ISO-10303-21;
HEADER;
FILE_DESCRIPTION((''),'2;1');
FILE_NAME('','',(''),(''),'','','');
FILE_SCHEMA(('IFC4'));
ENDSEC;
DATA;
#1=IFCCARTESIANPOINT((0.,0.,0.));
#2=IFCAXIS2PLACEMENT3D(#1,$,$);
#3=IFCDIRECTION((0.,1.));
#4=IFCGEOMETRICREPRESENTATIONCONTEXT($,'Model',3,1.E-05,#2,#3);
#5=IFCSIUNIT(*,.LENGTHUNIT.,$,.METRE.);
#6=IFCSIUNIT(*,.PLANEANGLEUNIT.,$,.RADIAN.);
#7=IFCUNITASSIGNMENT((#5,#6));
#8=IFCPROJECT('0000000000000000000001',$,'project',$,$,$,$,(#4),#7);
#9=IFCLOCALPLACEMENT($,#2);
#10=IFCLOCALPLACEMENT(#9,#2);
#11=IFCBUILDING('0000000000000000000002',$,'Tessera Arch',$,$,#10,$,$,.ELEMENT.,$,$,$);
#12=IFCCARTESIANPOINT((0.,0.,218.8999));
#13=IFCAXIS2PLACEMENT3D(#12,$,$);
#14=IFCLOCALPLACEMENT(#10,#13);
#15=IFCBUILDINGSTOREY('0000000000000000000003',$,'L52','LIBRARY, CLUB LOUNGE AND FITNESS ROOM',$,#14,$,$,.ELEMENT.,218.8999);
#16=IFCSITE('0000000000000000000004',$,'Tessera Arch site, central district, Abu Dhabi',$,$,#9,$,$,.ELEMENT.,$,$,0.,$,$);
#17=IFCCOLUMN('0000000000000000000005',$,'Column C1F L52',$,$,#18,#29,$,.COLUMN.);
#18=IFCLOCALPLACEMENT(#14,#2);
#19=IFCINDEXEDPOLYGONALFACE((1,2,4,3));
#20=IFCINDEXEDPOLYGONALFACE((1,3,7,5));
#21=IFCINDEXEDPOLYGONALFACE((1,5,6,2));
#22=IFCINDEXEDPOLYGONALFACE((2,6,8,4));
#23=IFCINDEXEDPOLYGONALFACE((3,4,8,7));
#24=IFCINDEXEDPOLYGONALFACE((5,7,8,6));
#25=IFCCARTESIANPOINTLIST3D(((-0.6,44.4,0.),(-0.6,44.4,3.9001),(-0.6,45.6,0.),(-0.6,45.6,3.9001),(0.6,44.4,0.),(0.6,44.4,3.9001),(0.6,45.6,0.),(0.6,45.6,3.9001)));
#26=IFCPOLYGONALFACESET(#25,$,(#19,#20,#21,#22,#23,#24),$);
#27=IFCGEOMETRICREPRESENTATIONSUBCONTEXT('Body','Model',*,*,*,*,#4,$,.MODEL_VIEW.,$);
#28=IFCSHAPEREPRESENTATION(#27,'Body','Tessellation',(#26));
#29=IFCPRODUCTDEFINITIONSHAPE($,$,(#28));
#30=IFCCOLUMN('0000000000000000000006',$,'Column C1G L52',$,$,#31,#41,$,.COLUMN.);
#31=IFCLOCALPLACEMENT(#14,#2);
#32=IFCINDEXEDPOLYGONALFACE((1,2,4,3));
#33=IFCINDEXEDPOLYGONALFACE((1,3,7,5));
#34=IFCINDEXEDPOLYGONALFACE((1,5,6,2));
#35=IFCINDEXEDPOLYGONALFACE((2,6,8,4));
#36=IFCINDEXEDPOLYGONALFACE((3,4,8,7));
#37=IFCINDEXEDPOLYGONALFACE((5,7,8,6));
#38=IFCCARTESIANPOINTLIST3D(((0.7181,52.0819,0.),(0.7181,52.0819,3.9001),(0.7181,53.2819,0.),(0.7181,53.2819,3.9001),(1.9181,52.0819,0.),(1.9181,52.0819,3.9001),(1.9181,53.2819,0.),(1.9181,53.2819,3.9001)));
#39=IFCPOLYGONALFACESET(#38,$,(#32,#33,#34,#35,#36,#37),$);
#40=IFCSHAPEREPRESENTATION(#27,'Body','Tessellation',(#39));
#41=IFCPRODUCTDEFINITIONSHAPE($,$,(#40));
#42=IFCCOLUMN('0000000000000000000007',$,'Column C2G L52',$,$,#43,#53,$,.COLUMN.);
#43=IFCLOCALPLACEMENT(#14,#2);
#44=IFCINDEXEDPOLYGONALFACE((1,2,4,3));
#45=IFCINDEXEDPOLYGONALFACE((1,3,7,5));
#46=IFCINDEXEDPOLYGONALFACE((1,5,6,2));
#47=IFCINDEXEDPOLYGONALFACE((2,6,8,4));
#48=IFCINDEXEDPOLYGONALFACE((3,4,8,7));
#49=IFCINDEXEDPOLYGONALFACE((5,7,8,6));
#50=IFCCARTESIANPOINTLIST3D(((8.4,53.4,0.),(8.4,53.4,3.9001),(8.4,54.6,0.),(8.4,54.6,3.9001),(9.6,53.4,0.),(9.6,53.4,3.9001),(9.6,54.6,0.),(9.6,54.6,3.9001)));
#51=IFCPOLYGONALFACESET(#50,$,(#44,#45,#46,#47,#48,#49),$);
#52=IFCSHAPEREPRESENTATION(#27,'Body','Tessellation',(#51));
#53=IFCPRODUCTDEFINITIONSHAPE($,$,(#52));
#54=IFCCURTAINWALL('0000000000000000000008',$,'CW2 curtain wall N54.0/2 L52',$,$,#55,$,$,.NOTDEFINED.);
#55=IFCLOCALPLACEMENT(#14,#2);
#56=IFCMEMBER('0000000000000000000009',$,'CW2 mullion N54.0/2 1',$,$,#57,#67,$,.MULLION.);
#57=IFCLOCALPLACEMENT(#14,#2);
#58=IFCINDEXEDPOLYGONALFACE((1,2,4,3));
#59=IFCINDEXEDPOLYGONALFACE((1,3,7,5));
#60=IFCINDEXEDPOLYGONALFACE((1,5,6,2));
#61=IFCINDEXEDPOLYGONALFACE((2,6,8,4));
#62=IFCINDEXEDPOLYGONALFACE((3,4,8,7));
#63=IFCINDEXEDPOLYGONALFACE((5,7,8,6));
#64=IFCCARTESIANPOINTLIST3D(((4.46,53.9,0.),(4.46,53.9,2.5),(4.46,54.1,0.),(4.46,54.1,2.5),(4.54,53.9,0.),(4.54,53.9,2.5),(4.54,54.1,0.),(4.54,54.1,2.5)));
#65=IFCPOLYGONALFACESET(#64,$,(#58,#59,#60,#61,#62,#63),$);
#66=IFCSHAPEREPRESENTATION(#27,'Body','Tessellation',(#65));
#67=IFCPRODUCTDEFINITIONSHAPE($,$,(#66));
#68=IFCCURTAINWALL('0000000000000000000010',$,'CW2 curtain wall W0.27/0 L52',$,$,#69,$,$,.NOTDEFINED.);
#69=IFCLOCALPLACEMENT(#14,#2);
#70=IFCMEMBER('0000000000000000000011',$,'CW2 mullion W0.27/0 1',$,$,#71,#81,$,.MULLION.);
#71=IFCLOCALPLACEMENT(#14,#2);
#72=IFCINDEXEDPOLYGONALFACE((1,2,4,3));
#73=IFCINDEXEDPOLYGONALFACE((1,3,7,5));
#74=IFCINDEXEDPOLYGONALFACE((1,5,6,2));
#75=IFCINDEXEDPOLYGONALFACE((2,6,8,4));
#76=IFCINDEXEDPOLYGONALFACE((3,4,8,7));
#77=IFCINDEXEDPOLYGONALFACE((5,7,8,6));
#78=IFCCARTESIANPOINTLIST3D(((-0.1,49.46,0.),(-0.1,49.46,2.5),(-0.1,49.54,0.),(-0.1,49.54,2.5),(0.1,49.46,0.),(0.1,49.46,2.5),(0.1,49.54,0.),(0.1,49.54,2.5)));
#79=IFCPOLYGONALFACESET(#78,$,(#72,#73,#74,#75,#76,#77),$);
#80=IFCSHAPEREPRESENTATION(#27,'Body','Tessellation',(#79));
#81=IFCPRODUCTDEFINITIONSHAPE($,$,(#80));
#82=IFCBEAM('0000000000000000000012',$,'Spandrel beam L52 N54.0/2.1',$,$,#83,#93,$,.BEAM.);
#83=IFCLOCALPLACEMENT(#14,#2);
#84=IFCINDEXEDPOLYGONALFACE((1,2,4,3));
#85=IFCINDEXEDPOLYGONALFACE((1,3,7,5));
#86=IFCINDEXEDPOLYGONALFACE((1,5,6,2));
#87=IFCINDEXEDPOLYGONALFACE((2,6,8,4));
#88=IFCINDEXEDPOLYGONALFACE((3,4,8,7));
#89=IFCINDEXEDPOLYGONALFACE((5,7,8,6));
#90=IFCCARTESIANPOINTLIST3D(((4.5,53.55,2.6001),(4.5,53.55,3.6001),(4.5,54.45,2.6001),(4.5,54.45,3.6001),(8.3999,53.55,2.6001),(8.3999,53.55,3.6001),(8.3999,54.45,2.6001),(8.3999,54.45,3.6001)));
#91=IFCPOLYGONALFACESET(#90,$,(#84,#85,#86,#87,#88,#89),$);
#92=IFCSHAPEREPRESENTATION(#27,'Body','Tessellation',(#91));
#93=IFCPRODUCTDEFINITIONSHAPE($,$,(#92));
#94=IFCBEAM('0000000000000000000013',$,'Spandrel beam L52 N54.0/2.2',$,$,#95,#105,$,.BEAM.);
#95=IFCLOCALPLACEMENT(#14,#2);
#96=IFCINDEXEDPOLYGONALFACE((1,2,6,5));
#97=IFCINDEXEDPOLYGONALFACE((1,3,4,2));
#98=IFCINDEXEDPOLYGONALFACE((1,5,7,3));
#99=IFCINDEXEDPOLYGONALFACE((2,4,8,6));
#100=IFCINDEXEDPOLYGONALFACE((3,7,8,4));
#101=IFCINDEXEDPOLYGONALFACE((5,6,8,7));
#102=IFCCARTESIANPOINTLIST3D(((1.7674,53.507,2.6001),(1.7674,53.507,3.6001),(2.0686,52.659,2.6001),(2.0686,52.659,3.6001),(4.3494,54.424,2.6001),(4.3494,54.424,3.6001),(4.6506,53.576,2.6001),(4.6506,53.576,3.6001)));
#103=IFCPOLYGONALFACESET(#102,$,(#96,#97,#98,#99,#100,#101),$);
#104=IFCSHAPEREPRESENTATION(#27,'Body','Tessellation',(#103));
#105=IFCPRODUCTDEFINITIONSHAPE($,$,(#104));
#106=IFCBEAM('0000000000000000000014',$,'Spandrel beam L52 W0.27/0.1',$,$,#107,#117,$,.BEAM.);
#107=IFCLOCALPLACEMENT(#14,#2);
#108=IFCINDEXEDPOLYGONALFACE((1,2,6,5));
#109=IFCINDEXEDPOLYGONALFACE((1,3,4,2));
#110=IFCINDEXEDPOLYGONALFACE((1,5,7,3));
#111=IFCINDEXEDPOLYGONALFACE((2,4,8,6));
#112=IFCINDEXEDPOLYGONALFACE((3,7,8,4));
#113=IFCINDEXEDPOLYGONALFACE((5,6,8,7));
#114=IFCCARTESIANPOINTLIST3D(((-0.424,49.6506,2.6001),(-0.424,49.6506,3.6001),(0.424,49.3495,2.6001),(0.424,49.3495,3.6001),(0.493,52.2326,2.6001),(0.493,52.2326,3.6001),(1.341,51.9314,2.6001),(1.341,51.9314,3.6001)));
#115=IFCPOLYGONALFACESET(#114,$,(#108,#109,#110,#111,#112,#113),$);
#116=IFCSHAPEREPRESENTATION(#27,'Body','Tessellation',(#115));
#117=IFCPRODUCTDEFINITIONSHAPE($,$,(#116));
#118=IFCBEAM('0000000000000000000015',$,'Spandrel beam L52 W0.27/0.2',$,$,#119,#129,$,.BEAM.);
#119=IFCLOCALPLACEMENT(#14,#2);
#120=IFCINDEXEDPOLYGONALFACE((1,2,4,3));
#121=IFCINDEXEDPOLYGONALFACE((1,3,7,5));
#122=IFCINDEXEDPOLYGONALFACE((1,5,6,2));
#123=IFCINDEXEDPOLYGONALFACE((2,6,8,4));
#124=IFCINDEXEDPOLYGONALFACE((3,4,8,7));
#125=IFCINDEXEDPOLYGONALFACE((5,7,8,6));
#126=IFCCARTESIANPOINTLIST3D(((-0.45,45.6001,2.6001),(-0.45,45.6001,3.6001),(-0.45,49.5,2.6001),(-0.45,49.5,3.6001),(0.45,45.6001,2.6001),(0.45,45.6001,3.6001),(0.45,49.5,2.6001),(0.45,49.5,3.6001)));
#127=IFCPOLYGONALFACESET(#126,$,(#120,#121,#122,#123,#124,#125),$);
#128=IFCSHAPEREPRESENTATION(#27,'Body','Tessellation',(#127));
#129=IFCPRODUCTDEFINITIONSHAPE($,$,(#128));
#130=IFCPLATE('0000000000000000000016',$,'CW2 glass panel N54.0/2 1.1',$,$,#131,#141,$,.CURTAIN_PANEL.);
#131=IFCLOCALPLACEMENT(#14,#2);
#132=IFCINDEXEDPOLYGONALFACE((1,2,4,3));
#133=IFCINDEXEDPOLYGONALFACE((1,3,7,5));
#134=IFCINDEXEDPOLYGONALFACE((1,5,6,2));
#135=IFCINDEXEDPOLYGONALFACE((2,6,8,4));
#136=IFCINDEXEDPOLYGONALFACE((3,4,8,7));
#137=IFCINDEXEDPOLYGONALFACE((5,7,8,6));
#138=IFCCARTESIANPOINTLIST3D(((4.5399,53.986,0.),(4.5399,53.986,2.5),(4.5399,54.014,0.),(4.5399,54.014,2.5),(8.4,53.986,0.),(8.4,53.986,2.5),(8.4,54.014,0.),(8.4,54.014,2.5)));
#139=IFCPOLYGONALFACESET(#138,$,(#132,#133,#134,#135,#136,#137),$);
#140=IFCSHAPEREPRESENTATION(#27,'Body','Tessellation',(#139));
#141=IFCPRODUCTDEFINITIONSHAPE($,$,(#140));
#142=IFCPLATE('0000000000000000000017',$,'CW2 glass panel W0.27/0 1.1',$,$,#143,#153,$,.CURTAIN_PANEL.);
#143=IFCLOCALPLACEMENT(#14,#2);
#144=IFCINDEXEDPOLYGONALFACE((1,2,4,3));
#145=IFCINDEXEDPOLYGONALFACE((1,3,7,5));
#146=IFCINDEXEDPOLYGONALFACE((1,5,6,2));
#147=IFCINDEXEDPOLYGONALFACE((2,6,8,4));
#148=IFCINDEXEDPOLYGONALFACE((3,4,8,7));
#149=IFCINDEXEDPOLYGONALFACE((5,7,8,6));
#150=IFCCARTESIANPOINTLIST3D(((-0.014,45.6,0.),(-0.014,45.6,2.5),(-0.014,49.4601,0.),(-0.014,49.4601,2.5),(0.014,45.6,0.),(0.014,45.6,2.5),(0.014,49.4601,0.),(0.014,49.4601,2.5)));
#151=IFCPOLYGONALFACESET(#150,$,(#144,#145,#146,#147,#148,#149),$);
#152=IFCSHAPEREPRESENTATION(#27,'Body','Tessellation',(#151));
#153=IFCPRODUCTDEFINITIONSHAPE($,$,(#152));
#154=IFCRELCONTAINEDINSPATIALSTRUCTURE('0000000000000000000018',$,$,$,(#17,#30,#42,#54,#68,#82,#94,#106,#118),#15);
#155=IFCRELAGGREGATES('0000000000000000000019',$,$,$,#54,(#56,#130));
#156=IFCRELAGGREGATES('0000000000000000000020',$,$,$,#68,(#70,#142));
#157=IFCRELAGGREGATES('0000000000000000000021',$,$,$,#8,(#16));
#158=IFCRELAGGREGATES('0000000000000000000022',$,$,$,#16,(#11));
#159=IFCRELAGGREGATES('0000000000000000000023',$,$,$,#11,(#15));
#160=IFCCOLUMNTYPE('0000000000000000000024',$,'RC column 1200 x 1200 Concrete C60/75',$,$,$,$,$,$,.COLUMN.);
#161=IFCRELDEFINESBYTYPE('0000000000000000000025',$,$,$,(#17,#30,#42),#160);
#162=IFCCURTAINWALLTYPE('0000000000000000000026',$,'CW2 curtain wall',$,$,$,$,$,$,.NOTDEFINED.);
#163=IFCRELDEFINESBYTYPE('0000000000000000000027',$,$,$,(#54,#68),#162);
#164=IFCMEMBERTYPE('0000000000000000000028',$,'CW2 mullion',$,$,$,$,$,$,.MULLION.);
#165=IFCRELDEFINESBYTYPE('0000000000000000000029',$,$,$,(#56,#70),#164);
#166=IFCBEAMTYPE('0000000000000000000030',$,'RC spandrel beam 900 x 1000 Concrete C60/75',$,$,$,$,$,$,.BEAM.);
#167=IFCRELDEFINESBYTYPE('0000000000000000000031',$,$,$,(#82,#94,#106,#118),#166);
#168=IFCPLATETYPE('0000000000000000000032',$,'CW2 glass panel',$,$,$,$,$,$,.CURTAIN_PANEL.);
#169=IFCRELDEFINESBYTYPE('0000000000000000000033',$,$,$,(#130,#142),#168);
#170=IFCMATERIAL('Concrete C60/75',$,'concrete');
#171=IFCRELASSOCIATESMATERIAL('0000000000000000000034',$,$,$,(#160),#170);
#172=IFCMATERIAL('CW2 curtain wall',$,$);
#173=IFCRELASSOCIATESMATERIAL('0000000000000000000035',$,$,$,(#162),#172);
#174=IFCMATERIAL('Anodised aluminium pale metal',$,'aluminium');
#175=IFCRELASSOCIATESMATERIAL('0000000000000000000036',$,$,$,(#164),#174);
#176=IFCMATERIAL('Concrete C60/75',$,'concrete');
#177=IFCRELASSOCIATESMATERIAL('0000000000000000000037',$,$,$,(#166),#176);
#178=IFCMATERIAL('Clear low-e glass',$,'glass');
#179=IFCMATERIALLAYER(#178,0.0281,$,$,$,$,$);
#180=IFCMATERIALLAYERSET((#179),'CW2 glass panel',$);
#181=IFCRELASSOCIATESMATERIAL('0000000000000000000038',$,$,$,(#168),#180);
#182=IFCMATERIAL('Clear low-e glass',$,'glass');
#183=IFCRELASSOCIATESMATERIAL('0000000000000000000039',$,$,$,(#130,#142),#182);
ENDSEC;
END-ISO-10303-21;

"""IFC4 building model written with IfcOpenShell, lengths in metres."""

from ifc_helpers import new_model, si_unit, direction, frame, origin, origin_2d, place, context, subcontext, project, spatial, rectangle, extrude, material, layer, layer_set, material_profile, profile_set, type_object, element, aggregate, save


model = new_model("IFC4")

# Units and contexts
model_context = context("Model", 3, precision=1e-05, world=origin(), true_north=direction((0.0, 1.0)))
body_context = subcontext(model_context, "Body", "Model", "MODEL_VIEW")
ifc_project = project(units=[si_unit("LENGTHUNIT", "METRE"), si_unit("PLANEANGLEUNIT", "RADIAN")], contexts=[model_context])

# Site, building, storey
site_placement = place(None, origin())
site = spatial("IfcSite", under=ifc_project, at=site_placement, Name="Tessera Arch site, central district, Abu Dhabi", CompositionType="ELEMENT", RefElevation=0.0)
building_placement = place(site_placement, origin())
building = spatial("IfcBuilding", under=site, at=building_placement, Name="Tessera Arch", CompositionType="ELEMENT")
storey_placement = place(building_placement, frame((0.0, 0.0, 218.8999)))
storey = spatial("IfcBuildingStorey", under=building, at=storey_placement, Name="L52", Description="LIBRARY, CLUB LOUNGE AND FITNESS ROOM", CompositionType="ELEMENT", Elevation=218.8999)

# Columns
ifc_material_1 = material(Name="Concrete C60/75", Category="concrete")
ifc_material_profile_1 = material_profile(ifc_material_1, rectangle(XDim=1.2, YDim=1.2, at=origin_2d()), Name="RC column 1200 x 1200 Concrete C60/75")
ifc_profile_set_1 = profile_set([ifc_material_profile_1], Name="Concrete C60/75")
column_type = type_object("IfcColumnType", Name="RC column 1200 x 1200 Concrete C60/75", PredefinedType="COLUMN", material=ifc_profile_set_1)
for number, where, z_axis, x_axis, name in (
    (1, (0.0, 45.0, 0.0), (0.0, 0.0, 1.0), (1.0, 0.0, 0.0), "Column C1F L52"),
    (2, (1.3181, 52.6819, 0.0), (0.0, 0.0, 1.0), (1.0, 0.0, 0.0), "Column C1G L52"),
    (3, (9.0, 54.0, 0.0), (0.0, 0.0, 1.0), (1.0, 0.0, 0.0), "Column C2G L52"),
):
    element("IfcColumn", number, at=place(storey_placement, frame(where, z_axis=z_axis, x_axis=x_axis)), inside=storey, type_object=column_type, Name=name, PredefinedType="COLUMN", context=body_context, shape_type="SweptSolid", body=[
        extrude(rectangle(XDim=1.2, YDim=1.2, at=origin_2d()), origin(), (0.0, 0.0, 1.0), 3.9001),
    ])

# Curtain walls, members
ifc_material_2 = material(Name="CW2 curtain wall")
curtain_wall_type = type_object("IfcCurtainWallType", Name="CW2 curtain wall", PredefinedType="NOTDEFINED", material=ifc_material_2)
curtain_wall_1_placement = place(storey_placement, origin())
curtain_wall_1 = element("IfcCurtainWall", 4, at=curtain_wall_1_placement, inside=storey, type_object=curtain_wall_type, Name="CW2 curtain wall N54.0/2 L52", PredefinedType="NOTDEFINED")
ifc_material_3 = material(Name="Anodised aluminium pale metal", Category="aluminium")
ifc_material_profile_2 = material_profile(ifc_material_3, rectangle(XDim=0.2, YDim=0.0801, at=origin_2d()), Name="AL 80x200")
ifc_profile_set_2 = profile_set([ifc_material_profile_2], Name="Anodised aluminium pale metal")
member_type = type_object("IfcMemberType", Name="CW2 mullion", PredefinedType="MULLION", material=ifc_profile_set_2)
member_1_placement = place(storey_placement, frame((4.5, 54.0, 0.0), z_axis=(0.0, 0.0, 1.0), x_axis=(0.0, -1.0, 0.0)))
member_1 = element("IfcMember", 5, at=member_1_placement, type_object=member_type, Name="CW2 mullion N54.0/2 1", PredefinedType="MULLION", context=body_context, shape_type="SweptSolid", body=[
    extrude(rectangle(XDim=0.2, YDim=0.0801, at=origin_2d()), origin(), (0.0, 0.0, 1.0), 2.5),
])
curtain_wall_2_placement = place(storey_placement, origin())
curtain_wall_2 = element("IfcCurtainWall", 6, at=curtain_wall_2_placement, inside=storey, type_object=curtain_wall_type, Name="CW2 curtain wall W0.27/0 L52", PredefinedType="NOTDEFINED")
member_2_placement = place(storey_placement, frame((0.0, 49.5, 0.0), z_axis=(0.0, 0.0, 1.0), x_axis=(1.0, 0.0, 0.0)))
member_2 = element("IfcMember", 7, at=member_2_placement, type_object=member_type, Name="CW2 mullion W0.27/0 1", PredefinedType="MULLION", context=body_context, shape_type="SweptSolid", body=[
    extrude(rectangle(XDim=0.2, YDim=0.0801, at=origin_2d()), origin(), (0.0, 0.0, 1.0), 2.5),
])

# Beams
ifc_material_4 = material(Name="Concrete C60/75", Category="concrete")
ifc_material_profile_3 = material_profile(ifc_material_4, rectangle(XDim=0.8999, YDim=1.0, at=origin_2d()), Name="RC spandrel beam 900 x 1000 Concrete C60/75")
ifc_profile_set_3 = profile_set([ifc_material_profile_3], Name="Concrete C60/75")
beam_type = type_object("IfcBeamType", Name="RC spandrel beam 900 x 1000 Concrete C60/75", PredefinedType="BEAM", material=ifc_profile_set_3)
beam_1_placement = place(storey_placement, frame((8.3999, 54.0, 3.1001), z_axis=(-1.0, 0.0, 0.0), x_axis=(0.0, -1.0, 0.0)))
element("IfcBeam", 8, at=beam_1_placement, inside=storey, type_object=beam_type, Name="Spandrel beam L52 N54.0/2.1", PredefinedType="BEAM", context=body_context, shape_type="SweptSolid", body=[
    extrude(rectangle(XDim=0.8999, YDim=1.0, at=origin_2d()), origin(), (0.0, 0.0, 1.0), 3.8999),
])
for number, where, z_axis, x_axis, name in (
    (9, (4.5, 54.0, 3.1001), (-0.942337, -0.334665, 0.0), (0.334665, -0.942337, 0.0), "Spandrel beam L52 N54.0/2.2"),
    (10, (0.917, 52.082, 3.1001), (-0.334665, -0.942337, 0.0), (0.942337, -0.334665, 0.0), "Spandrel beam L52 W0.27/0.1"),
):
    element("IfcBeam", number, at=place(storey_placement, frame(where, z_axis=z_axis, x_axis=x_axis)), inside=storey, type_object=beam_type, Name=name, PredefinedType="BEAM", context=body_context, shape_type="SweptSolid", body=[
        extrude(rectangle(XDim=0.8999, YDim=1.0, at=origin_2d()), origin(), (0.0, 0.0, 1.0), 2.74),
    ])
beam_2_placement = place(storey_placement, frame((0.0, 49.5, 3.1001), z_axis=(0.0, -1.0, 0.0), x_axis=(1.0, 0.0, 0.0)))
element("IfcBeam", 11, at=beam_2_placement, inside=storey, type_object=beam_type, Name="Spandrel beam L52 W0.27/0.2", PredefinedType="BEAM", context=body_context, shape_type="SweptSolid", body=[
    extrude(rectangle(XDim=0.8999, YDim=1.0, at=origin_2d()), origin(), (0.0, 0.0, 1.0), 3.8999),
])

# Plates
ifc_material_5 = material(Name="Clear low-e glass", Category="glass")
ifc_material_6 = material(Name="Clear low-e glass", Category="glass")
ifc_layer_1 = layer(ifc_material_6, 0.0281)
ifc_layer_set_1 = layer_set([ifc_layer_1], Name="CW2 glass panel")
plate_type = type_object("IfcPlateType", Name="CW2 glass panel", PredefinedType="CURTAIN_PANEL", material=ifc_layer_set_1)
plate_1_placement = place(storey_placement, frame((6.47, 54.0, 0.0), z_axis=(0.0, 0.0, 1.0), x_axis=(-1.0, 0.0, 0.0)))
plate_1 = element("IfcPlate", 12, at=plate_1_placement, type_object=plate_type, material=ifc_material_5, Name="CW2 glass panel N54.0/2 1.1", PredefinedType="CURTAIN_PANEL", context=body_context, shape_type="SweptSolid", body=[
    extrude(rectangle(XDim=3.8601, YDim=0.0281, at=origin_2d()), origin(), (0.0, 0.0, 1.0), 2.5),
])
aggregate(curtain_wall_1, [member_1, plate_1])
plate_2_placement = place(storey_placement, frame((0.0, 47.53, 0.0), z_axis=(0.0, 0.0, 1.0), x_axis=(0.0, -1.0, 0.0)))
plate_2 = element("IfcPlate", 13, at=plate_2_placement, type_object=plate_type, material=ifc_material_5, Name="CW2 glass panel W0.27/0 1.1", PredefinedType="CURTAIN_PANEL", context=body_context, shape_type="SweptSolid", body=[
    extrude(rectangle(XDim=3.8601, YDim=0.0281, at=origin_2d()), origin(), (0.0, 0.0, 1.0), 2.5),
])
aggregate(curtain_wall_2, [member_2, plate_2])

save(model, "model.ifc")
